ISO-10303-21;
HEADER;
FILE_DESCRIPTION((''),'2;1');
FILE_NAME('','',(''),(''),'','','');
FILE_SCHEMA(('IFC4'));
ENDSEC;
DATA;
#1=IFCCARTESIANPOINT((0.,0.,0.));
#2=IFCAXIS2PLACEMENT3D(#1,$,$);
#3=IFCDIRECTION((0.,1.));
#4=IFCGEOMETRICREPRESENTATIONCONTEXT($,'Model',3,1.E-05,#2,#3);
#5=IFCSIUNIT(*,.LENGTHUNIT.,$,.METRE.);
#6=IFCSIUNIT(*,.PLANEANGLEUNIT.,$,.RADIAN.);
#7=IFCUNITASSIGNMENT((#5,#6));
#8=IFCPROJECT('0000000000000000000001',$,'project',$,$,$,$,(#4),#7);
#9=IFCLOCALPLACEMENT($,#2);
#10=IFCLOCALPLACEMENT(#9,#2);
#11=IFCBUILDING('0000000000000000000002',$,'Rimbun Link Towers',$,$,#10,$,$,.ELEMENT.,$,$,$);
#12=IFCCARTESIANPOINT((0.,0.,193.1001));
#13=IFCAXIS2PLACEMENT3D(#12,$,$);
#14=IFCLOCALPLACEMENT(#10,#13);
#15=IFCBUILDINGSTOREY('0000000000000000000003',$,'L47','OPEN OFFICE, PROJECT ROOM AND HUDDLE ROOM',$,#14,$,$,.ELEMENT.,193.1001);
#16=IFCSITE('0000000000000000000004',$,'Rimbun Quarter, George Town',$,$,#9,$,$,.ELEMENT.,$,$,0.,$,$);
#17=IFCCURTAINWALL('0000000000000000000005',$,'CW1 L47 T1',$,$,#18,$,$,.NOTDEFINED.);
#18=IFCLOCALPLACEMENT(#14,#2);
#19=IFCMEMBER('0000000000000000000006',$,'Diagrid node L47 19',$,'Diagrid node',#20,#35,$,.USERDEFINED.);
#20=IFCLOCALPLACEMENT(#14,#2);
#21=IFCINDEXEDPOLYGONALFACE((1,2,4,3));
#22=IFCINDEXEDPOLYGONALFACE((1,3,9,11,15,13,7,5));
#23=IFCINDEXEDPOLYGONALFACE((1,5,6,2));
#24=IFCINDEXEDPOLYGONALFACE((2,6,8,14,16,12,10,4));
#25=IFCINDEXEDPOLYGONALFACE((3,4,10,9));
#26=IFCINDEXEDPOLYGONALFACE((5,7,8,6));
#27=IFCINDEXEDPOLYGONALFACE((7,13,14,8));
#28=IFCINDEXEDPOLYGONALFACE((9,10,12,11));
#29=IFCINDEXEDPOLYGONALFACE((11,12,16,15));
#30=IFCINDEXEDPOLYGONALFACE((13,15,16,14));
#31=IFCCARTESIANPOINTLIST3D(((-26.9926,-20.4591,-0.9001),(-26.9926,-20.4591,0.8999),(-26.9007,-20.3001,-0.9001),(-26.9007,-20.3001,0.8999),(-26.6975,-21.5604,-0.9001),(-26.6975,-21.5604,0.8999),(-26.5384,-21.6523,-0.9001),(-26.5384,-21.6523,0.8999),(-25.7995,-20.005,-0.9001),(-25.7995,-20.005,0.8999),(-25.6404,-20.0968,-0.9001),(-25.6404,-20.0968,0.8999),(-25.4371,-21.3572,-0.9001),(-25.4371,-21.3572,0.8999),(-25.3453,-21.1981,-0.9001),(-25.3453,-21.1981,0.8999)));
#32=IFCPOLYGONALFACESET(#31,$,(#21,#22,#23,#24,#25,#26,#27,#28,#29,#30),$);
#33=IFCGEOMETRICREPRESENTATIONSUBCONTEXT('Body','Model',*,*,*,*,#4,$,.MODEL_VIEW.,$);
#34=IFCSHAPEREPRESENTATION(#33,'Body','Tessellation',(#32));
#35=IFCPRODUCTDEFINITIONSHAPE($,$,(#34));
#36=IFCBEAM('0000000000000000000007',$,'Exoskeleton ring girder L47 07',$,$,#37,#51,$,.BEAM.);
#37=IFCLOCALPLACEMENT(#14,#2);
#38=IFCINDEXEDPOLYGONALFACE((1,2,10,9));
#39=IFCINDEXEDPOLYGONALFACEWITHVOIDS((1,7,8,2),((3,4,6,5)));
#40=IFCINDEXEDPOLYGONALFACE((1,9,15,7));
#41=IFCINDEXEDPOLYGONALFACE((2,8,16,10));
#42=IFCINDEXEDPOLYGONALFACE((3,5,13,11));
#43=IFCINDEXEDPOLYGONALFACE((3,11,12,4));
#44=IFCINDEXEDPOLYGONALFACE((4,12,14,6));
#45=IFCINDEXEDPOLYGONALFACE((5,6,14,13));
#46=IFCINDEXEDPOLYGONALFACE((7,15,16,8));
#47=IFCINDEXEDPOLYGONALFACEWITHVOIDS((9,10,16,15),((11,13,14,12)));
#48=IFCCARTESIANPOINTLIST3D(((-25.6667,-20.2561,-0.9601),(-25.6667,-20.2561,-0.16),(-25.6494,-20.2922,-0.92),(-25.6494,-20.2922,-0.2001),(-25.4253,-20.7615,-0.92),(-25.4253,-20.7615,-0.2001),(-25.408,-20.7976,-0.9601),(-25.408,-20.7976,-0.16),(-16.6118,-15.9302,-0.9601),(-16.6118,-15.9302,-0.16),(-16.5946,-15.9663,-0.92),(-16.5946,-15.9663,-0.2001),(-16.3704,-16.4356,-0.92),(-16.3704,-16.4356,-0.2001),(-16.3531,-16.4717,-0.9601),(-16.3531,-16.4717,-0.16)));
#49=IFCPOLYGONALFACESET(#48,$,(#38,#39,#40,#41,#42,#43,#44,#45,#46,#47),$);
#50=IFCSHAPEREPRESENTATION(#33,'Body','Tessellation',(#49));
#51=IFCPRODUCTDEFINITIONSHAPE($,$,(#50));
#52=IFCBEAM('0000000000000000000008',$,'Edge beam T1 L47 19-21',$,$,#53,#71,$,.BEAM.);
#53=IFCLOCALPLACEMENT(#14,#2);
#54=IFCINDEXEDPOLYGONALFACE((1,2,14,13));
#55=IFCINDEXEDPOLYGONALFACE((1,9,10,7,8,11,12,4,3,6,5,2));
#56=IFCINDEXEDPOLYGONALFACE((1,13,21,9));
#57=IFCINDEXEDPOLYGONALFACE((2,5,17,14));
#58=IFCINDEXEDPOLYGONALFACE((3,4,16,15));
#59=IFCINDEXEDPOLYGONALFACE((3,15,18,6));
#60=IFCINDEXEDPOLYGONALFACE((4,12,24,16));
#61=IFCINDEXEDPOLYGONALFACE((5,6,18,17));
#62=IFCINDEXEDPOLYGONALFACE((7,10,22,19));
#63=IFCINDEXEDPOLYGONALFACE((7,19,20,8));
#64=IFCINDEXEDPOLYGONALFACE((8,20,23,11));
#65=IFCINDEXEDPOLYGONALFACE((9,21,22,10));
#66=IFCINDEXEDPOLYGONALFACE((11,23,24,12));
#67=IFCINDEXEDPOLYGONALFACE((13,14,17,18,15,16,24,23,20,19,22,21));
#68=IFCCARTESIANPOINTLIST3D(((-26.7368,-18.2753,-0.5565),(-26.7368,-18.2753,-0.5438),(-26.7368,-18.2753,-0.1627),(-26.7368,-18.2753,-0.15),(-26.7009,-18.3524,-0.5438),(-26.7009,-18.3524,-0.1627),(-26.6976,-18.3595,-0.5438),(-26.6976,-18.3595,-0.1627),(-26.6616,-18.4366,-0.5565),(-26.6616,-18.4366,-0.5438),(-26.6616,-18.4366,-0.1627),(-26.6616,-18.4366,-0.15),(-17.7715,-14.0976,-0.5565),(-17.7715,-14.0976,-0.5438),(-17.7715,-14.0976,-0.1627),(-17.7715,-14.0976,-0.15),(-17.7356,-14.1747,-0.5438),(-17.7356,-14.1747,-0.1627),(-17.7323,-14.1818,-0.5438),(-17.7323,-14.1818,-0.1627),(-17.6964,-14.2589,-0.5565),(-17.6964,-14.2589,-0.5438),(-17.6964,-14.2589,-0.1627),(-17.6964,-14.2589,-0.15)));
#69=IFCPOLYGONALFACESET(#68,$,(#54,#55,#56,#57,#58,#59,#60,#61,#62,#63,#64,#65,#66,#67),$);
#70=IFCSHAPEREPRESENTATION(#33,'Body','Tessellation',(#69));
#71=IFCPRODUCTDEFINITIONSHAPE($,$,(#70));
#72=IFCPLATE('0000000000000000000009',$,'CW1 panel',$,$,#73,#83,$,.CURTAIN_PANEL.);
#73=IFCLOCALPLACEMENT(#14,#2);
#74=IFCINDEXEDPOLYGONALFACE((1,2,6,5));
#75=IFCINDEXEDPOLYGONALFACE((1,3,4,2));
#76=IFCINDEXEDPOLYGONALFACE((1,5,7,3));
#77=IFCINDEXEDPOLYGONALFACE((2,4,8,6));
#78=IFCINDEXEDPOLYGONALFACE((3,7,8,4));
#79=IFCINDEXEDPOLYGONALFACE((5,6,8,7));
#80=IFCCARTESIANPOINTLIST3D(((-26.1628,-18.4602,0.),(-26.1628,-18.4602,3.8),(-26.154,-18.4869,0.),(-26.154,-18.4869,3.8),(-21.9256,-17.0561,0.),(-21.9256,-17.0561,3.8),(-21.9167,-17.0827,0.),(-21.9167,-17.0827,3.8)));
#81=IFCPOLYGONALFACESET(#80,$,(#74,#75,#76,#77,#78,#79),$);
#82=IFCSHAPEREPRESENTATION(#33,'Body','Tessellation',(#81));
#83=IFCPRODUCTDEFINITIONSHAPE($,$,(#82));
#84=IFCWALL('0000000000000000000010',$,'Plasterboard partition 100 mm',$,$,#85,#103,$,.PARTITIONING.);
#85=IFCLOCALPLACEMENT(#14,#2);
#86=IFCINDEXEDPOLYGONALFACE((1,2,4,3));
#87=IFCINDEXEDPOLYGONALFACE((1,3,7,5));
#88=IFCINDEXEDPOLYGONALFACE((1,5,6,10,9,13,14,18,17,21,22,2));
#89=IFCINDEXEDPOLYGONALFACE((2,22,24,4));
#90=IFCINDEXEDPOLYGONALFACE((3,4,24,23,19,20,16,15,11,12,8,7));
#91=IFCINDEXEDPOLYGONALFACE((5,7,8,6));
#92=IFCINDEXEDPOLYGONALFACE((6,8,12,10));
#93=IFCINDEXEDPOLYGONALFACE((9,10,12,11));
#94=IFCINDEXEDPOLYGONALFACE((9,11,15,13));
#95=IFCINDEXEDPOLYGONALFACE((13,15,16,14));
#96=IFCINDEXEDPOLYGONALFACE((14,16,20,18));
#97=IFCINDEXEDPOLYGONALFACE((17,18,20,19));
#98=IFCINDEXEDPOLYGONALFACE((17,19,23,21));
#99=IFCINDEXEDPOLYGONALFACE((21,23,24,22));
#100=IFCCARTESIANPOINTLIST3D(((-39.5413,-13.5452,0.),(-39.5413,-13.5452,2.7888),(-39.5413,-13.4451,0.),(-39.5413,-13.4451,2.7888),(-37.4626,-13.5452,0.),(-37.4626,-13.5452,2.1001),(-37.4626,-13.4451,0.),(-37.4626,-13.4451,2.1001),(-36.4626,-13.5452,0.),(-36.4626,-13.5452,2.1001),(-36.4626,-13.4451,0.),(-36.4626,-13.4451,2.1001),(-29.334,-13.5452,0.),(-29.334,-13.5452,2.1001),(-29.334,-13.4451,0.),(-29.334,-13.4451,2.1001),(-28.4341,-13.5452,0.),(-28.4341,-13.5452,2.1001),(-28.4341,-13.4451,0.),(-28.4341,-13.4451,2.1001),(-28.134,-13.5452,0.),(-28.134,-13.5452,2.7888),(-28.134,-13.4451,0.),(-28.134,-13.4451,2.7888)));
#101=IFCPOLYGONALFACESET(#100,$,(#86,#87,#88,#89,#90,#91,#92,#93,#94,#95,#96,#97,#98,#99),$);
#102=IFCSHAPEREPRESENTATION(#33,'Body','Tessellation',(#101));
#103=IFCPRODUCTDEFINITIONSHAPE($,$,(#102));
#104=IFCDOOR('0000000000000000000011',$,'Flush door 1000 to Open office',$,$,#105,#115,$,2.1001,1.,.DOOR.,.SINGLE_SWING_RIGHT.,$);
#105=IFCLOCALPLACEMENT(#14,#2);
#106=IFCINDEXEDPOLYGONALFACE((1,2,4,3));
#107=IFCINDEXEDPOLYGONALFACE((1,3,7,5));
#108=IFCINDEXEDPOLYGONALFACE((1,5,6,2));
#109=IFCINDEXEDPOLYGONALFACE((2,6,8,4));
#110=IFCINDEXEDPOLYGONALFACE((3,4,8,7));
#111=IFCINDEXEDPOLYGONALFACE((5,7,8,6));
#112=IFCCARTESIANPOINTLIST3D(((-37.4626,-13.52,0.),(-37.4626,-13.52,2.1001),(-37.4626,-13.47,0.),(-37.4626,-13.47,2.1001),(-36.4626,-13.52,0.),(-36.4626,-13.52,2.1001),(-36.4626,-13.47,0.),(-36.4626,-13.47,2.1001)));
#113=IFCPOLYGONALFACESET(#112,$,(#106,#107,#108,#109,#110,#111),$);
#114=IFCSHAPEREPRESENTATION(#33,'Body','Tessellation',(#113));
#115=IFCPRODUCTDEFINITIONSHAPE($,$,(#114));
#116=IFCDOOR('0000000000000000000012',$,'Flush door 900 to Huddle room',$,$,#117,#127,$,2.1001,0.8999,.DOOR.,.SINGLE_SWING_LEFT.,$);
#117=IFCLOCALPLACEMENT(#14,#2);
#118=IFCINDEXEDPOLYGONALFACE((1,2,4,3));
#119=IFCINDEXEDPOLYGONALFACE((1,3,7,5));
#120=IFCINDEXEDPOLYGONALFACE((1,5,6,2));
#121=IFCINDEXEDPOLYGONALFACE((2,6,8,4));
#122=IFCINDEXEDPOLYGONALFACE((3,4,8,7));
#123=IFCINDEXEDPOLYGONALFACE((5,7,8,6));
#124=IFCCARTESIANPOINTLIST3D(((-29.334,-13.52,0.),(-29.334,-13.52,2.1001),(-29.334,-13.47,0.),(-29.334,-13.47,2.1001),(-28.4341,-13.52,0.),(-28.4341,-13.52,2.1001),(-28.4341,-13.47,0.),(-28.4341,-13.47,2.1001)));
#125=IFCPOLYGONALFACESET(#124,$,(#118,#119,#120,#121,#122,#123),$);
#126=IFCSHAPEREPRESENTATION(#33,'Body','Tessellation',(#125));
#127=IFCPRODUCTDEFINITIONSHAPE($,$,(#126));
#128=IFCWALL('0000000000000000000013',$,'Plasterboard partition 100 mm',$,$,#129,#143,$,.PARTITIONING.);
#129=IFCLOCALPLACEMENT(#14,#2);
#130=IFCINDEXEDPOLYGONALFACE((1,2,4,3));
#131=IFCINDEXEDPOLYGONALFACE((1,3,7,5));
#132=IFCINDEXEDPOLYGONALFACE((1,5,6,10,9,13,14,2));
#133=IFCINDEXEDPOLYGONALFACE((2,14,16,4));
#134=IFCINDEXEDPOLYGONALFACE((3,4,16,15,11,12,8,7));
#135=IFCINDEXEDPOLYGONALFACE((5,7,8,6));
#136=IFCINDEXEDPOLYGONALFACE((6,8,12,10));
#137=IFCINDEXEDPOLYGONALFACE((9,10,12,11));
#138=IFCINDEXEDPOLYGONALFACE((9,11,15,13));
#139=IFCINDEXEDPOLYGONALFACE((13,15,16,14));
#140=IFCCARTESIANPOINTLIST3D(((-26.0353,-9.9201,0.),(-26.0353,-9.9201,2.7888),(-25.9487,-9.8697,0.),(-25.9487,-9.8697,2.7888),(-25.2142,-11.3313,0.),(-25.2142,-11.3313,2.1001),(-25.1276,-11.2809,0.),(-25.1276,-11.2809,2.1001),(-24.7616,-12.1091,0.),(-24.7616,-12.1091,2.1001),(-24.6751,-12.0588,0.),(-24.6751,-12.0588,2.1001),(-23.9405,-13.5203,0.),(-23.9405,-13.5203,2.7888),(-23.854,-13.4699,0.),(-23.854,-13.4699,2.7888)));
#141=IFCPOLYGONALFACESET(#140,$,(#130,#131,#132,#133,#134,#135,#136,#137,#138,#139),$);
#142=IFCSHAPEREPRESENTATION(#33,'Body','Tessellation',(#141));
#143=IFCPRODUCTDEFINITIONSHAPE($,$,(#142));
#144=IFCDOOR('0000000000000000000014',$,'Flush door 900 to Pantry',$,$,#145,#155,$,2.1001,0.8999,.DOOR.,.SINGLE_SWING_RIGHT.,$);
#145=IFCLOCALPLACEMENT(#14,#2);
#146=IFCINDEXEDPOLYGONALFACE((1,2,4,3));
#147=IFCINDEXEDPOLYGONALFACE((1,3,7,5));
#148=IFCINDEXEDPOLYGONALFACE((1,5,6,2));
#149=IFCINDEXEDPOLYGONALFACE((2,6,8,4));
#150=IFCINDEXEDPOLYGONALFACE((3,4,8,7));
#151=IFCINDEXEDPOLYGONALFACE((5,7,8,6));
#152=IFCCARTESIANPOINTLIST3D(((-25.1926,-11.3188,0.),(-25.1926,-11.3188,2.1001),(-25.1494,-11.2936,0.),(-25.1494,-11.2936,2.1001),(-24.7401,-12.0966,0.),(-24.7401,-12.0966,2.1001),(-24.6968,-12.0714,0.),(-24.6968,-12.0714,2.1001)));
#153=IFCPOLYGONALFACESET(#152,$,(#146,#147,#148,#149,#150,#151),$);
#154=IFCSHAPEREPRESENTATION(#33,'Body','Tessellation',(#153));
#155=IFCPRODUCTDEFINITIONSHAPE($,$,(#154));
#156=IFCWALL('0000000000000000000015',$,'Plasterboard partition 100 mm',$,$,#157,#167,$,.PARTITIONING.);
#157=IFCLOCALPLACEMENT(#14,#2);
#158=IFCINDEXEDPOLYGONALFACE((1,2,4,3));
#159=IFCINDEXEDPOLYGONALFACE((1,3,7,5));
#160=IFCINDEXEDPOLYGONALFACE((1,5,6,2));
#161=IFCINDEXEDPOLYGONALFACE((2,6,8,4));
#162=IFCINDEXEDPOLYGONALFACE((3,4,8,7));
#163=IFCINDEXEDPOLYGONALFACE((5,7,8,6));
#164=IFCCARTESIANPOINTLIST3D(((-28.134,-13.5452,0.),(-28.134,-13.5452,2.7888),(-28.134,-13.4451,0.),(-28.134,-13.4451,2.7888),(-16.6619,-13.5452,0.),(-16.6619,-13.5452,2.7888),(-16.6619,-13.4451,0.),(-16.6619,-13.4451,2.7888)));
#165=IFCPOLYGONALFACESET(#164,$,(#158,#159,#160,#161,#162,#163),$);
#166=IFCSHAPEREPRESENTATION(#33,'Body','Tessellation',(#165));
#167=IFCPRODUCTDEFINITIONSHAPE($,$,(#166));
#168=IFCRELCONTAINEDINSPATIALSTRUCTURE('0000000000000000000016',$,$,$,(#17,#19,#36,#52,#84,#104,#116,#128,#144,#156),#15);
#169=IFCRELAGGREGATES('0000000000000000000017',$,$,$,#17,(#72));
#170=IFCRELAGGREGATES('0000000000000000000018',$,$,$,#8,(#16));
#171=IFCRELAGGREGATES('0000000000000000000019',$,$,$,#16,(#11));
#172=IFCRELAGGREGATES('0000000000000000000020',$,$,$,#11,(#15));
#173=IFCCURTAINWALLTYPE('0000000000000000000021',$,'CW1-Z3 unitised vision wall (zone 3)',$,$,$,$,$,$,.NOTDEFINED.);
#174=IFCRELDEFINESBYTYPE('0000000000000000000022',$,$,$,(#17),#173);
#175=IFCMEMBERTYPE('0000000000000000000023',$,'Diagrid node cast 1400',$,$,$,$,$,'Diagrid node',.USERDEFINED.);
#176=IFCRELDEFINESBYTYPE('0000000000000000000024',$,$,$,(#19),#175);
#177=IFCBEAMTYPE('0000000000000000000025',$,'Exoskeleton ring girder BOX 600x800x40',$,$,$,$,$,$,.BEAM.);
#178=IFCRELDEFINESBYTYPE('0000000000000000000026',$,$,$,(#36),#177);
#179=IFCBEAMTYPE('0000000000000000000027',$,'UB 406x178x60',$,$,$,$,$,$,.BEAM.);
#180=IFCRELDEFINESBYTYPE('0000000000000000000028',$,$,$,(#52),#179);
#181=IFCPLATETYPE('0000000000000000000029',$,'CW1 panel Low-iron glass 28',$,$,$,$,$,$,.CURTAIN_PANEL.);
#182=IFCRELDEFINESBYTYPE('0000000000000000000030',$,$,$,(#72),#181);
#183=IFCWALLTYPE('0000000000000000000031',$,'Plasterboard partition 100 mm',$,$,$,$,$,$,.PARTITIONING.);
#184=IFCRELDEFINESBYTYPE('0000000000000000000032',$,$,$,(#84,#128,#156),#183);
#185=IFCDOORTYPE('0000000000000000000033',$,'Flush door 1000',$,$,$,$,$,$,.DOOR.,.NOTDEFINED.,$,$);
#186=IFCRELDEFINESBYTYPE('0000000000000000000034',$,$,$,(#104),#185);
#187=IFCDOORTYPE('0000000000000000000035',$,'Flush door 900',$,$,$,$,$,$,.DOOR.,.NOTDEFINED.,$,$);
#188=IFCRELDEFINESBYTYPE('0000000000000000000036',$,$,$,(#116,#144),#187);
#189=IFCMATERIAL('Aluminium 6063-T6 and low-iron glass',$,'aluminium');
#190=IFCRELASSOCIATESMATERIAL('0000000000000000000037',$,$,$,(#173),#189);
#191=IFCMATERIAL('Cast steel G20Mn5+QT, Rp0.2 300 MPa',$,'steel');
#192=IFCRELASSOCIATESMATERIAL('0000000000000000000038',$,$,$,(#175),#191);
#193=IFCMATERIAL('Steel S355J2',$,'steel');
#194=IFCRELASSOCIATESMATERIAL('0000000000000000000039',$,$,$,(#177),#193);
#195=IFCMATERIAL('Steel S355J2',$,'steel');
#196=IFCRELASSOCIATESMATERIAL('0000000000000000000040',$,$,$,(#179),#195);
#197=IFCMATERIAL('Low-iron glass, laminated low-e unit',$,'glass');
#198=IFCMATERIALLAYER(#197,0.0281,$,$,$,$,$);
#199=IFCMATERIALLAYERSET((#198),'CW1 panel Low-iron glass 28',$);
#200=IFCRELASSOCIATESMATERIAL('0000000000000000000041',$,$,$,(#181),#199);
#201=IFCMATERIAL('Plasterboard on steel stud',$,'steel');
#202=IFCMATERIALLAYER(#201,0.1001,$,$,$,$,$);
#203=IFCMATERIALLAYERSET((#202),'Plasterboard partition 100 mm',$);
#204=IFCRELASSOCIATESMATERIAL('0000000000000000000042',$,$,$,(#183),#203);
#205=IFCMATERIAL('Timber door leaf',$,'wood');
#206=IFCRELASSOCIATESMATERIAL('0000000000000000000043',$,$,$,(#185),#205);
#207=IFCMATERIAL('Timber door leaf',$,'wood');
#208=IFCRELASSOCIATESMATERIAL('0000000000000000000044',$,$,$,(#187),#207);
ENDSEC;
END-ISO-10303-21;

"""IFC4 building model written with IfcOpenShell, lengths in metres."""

from ifc_helpers import new_model, si_unit, direction, frame, frame_2d, origin, origin_2d, place, context, subcontext, project, spatial, polyline, rectangle, hollow_rectangle, i_section, outline, extrude, material, layer, layer_set, material_profile, profile_set, type_object, element, fill, aggregate, save


model = new_model("IFC4")

# Units and contexts
model_context = context("Model", 3, precision=1e-05, world=origin(), true_north=direction((0.0, 1.0)))
body_context = subcontext(model_context, "Body", "Model", "MODEL_VIEW")
ifc_project = project(units=[si_unit("LENGTHUNIT", "METRE"), si_unit("PLANEANGLEUNIT", "RADIAN")], contexts=[model_context])

# Site, building, storey
site_placement = place(None, origin())
site = spatial("IfcSite", under=ifc_project, at=site_placement, Name="Rimbun Quarter, George Town", CompositionType="ELEMENT", RefElevation=0.0)
building_placement = place(site_placement, origin())
building = spatial("IfcBuilding", under=site, at=building_placement, Name="Rimbun Link Towers", CompositionType="ELEMENT")
storey_placement = place(building_placement, frame((0.0, 0.0, 193.1001)))
storey = spatial("IfcBuildingStorey", under=building, at=storey_placement, Name="L47", Description="OPEN OFFICE, PROJECT ROOM AND HUDDLE ROOM", CompositionType="ELEMENT", Elevation=193.1001)

# Curtain wall
ifc_material_1 = material(Name="Aluminium 6063-T6 and low-iron glass", Category="aluminium")
curtain_wall_type = type_object("IfcCurtainWallType", Name="CW1-Z3 unitised vision wall (zone 3)", PredefinedType="NOTDEFINED", material=ifc_material_1)
curtain_wall_placement = place(storey_placement, origin())
curtain_wall = element("IfcCurtainWall", 1, at=curtain_wall_placement, inside=storey, type_object=curtain_wall_type, Name="CW1 L47 T1", PredefinedType="NOTDEFINED")

# Member
ifc_material_2 = material(Name="Cast steel G20Mn5+QT, Rp0.2 300 MPa", Category="steel")
ifc_material_profile_1 = material_profile(ifc_material_2, outline(polyline([(0.7, -0.5701), (0.7, 0.5701), (0.5701, 0.7), (-0.5701, 0.7), (-0.7, 0.5701), (-0.7, -0.5701), (-0.5701, -0.7), (0.5701, -0.7), (0.7, -0.5701)])), Name="NODE 1400x1400")
ifc_profile_set_1 = profile_set([ifc_material_profile_1], Name="Cast steel G20Mn5+QT, Rp0.2 300 MPa")
member_type_1 = type_object("IfcMemberType", Name="Diagrid node cast 1400", ElementType="Diagrid node", PredefinedType="USERDEFINED", material=ifc_profile_set_1)
member_1_placement = place(storey_placement, frame((-26.1689, -20.8286, -0.9001), z_axis=(0.0, 0.0, 1.0), x_axis=(0.258819, -0.965926, 0.0)))
element("IfcMember", 2, at=member_1_placement, inside=storey, type_object=member_type_1, Name="Diagrid node L47 19", ObjectType="Diagrid node", PredefinedType="USERDEFINED", context=body_context, shape_type="SweptSolid", body=[
    extrude(outline(polyline([(0.7, -0.5701), (0.7, 0.5701), (0.5701, 0.7), (-0.5701, 0.7), (-0.7, 0.5701), (-0.7, -0.5701), (-0.5701, -0.7), (0.5701, -0.7), (0.7, -0.5701)])), origin(), (0.0, 0.0, 1.0), 1.8),
])

# Beams
ifc_material_3 = material(Name="Steel S355J2", Category="steel")
ifc_material_profile_2 = material_profile(ifc_material_3, hollow_rectangle(XDim=0.6001, YDim=0.8, WallThickness=0.04, at=origin_2d()), Name="Exoskeleton ring girder BOX 600x800x40")
ifc_profile_set_2 = profile_set([ifc_material_profile_2], Name="Steel S355J2")
beam_type_1 = type_object("IfcBeamType", Name="Exoskeleton ring girder BOX 600x800x40", PredefinedType="BEAM", material=ifc_profile_set_2)
beam_1_placement = place(storey_placement, frame((-25.5374, -20.5269, -0.5601), z_axis=(0.902316, 0.431075, 0.0), x_axis=(-0.431075, 0.902316, 0.0)))
element("IfcBeam", 3, at=beam_1_placement, inside=storey, type_object=beam_type_1, Name="Exoskeleton ring girder L47 07", PredefinedType="BEAM", context=body_context, shape_type="SweptSolid", body=[
    extrude(hollow_rectangle(XDim=0.6001, YDim=0.8, WallThickness=0.04, at=origin_2d()), origin(), (0.0, 0.0, 1.0), 10.0352),
])
ifc_material_4 = material(Name="Steel S355J2", Category="steel")
ifc_material_profile_3 = material_profile(ifc_material_4, i_section(OverallWidth=0.178, OverallDepth=0.4065, WebThickness=0.0078, FlangeThickness=0.0127, at=origin_2d()), Name="UB 406x178x60")
ifc_profile_set_3 = profile_set([ifc_material_profile_3], Name="Steel S355J2")
beam_type_2 = type_object("IfcBeamType", Name="UB 406x178x60", PredefinedType="BEAM", material=ifc_profile_set_3)
beam_2_placement = place(storey_placement, frame((-26.6992, -18.356, -0.3533), z_axis=(0.906419, 0.42238, 0.0), x_axis=(-0.42238, 0.906419, 0.0)))
element("IfcBeam", 4, at=beam_2_placement, inside=storey, type_object=beam_type_2, Name="Edge beam T1 L47 19-21", PredefinedType="BEAM", context=body_context, shape_type="SweptSolid", body=[
    extrude(i_section(OverallWidth=0.178, OverallDepth=0.4065, WebThickness=0.0078, FlangeThickness=0.0127, at=origin_2d()), origin(), (0.0, 0.0, 1.0), 9.8909),
])

# Plate
ifc_material_5 = material(Name="Low-iron glass, laminated low-e unit", Category="glass")
ifc_layer_1 = layer(ifc_material_5, 0.0281)
ifc_layer_set_1 = layer_set([ifc_layer_1], Name="CW1 panel Low-iron glass 28")
plate_type = type_object("IfcPlateType", Name="CW1 panel Low-iron glass 28", PredefinedType="CURTAIN_PANEL", material=ifc_layer_set_1)
plate_placement = place(storey_placement, frame((-24.0398, -17.7715, 0.0), z_axis=(0.0, 0.0, 1.0), x_axis=(-0.949238, -0.314558, 0.0)))
plate = element("IfcPlate", 5, at=plate_placement, type_object=plate_type, Name="CW1 panel", PredefinedType="CURTAIN_PANEL", context=body_context, shape_type="SweptSolid", body=[
    extrude(rectangle(XDim=4.4639, YDim=0.0281, at=origin_2d()), origin(), (0.0, 0.0, 1.0), 3.8),
])
aggregate(curtain_wall, [plate])

# Wall, openings, doors
ifc_material_6 = material(Name="Plasterboard on steel stud", Category="steel")
ifc_layer_2 = layer(ifc_material_6, 0.1001)
ifc_layer_set_2 = layer_set([ifc_layer_2], Name="Plasterboard partition 100 mm")
wall_type = type_object("IfcWallType", Name="Plasterboard partition 100 mm", PredefinedType="PARTITIONING", material=ifc_layer_set_2)
wall_1_placement = place(storey_placement, frame((-28.134, -13.4951, 0.0), z_axis=(0.0, 0.0, 1.0), x_axis=(-1.0, 0.0, 0.0)))
wall_1 = element("IfcWall", 6, at=wall_1_placement, inside=storey, type_object=wall_type, Name="Plasterboard partition 100 mm", PredefinedType="PARTITIONING", context=body_context, shape_type="SweptSolid", body=[
    extrude(rectangle(XDim=11.4072, YDim=0.1001, at=frame_2d((5.7036, 0.0))), origin(), (0.0, 0.0, 1.0), 2.7888),
])
opening_1_placement = place(wall_1_placement, frame((8.3286, 0.0, 0.0)))
opening_1 = element("IfcOpeningElement", 7, at=opening_1_placement, cuts=wall_1, PredefinedType="OPENING", context=body_context, shape_type="SweptSolid", body=[
    extrude(rectangle(XDim=1.0, YDim=2.1001, at=frame_2d((0.5, 1.05))), frame((0.0, 0.0601, 0.0), z_axis=(0.0, -1.0, 0.0), x_axis=(1.0, 0.0, 0.0)), (0.0, 0.0, 1.0), 0.1201),
])
opening_2_placement = place(wall_1_placement, frame((0.3, 0.0, 0.0)))
opening_2 = element("IfcOpeningElement", 8, at=opening_2_placement, cuts=wall_1, PredefinedType="OPENING", context=body_context, shape_type="SweptSolid", body=[
    extrude(rectangle(XDim=0.8999, YDim=2.1001, at=frame_2d((0.45, 1.05))), frame((0.0, 0.0601, 0.0), z_axis=(0.0, -1.0, 0.0), x_axis=(1.0, 0.0, 0.0)), (0.0, 0.0, 1.0), 0.1201),
])
ifc_material_7 = material(Name="Timber door leaf", Category="wood")
door_type_1 = type_object("IfcDoorType", Name="Flush door 1000", OperationType="NOTDEFINED", PredefinedType="DOOR", material=ifc_material_7)
door_1_placement = place(opening_1_placement, origin())
door_1 = element("IfcDoor", 9, at=door_1_placement, inside=storey, type_object=door_type_1, Name="Flush door 1000 to Open office", OperationType="SINGLE_SWING_RIGHT", OverallHeight=2.1001, OverallWidth=1.0, PredefinedType="DOOR", context=body_context, shape_type="SweptSolid", body=[
    extrude(rectangle(XDim=1.0, YDim=2.1001, at=frame_2d((0.5, 1.05))), frame((0.0, 0.0249, 0.0), z_axis=(0.0, -1.0, 0.0), x_axis=(1.0, 0.0, 0.0)), (0.0, 0.0, 1.0), 0.05),
])
fill(opening_1, door_1)
ifc_material_8 = material(Name="Timber door leaf", Category="wood")
door_type_2 = type_object("IfcDoorType", Name="Flush door 900", OperationType="NOTDEFINED", PredefinedType="DOOR", material=ifc_material_8)
door_2_placement = place(opening_2_placement, origin())
door_2 = element("IfcDoor", 10, at=door_2_placement, inside=storey, type_object=door_type_2, Name="Flush door 900 to Huddle room", OperationType="SINGLE_SWING_LEFT", OverallHeight=2.1001, OverallWidth=0.8999, PredefinedType="DOOR", context=body_context, shape_type="SweptSolid", body=[
    extrude(rectangle(XDim=0.8999, YDim=2.1001, at=frame_2d((0.45, 1.05))), frame((0.0, 0.0249, 0.0), z_axis=(0.0, -1.0, 0.0), x_axis=(1.0, 0.0, 0.0)), (0.0, 0.0, 1.0), 0.05),
])
fill(opening_2, door_2)

# Wall, opening, door
wall_2_placement = place(storey_placement, frame((-25.9919, -9.895, 0.0), z_axis=(0.0, 0.0, 1.0), x_axis=(0.502916, -0.864335, 0.0)))
wall_2 = element("IfcWall", 11, at=wall_2_placement, inside=storey, type_object=wall_type, Name="Plasterboard partition 100 mm", PredefinedType="PARTITIONING", context=body_context, shape_type="SweptSolid", body=[
    extrude(rectangle(XDim=4.1653, YDim=0.1001, at=frame_2d((2.0825, 0.0))), origin(), (0.0, 0.0, 1.0), 2.7888),
])
opening_3_placement = place(wall_2_placement, frame((1.6326, 0.0, 0.0)))
opening_3 = element("IfcOpeningElement", 12, at=opening_3_placement, cuts=wall_2, PredefinedType="OPENING", context=body_context, shape_type="SweptSolid", body=[
    extrude(rectangle(XDim=0.8999, YDim=2.1001, at=frame_2d((0.45, 1.05))), frame((0.0, 0.0601, 0.0), z_axis=(0.0, -1.0, 0.0), x_axis=(1.0, 0.0, 0.0)), (0.0, 0.0, 1.0), 0.1201),
])
door_3_placement = place(opening_3_placement, origin())
door_3 = element("IfcDoor", 13, at=door_3_placement, inside=storey, type_object=door_type_2, Name="Flush door 900 to Pantry", OperationType="SINGLE_SWING_RIGHT", OverallHeight=2.1001, OverallWidth=0.8999, PredefinedType="DOOR", context=body_context, shape_type="SweptSolid", body=[
    extrude(rectangle(XDim=0.8999, YDim=2.1001, at=frame_2d((0.45, 1.05))), frame((0.0, 0.0249, 0.0), z_axis=(0.0, -1.0, 0.0), x_axis=(1.0, 0.0, 0.0)), (0.0, 0.0, 1.0), 0.05),
])
fill(opening_3, door_3)

# Wall
wall_3_placement = place(storey_placement, frame((-28.134, -13.4951, 0.0), z_axis=(0.0, 0.0, 1.0), x_axis=(1.0, 0.0, 0.0)))
element("IfcWall", 14, at=wall_3_placement, inside=storey, type_object=wall_type, Name="Plasterboard partition 100 mm", PredefinedType="PARTITIONING", context=body_context, shape_type="SweptSolid", body=[
    extrude(rectangle(XDim=11.4722, YDim=0.1001, at=frame_2d((5.7361, 0.0))), origin(), (0.0, 0.0, 1.0), 2.7888),
])

save(model, "model.ifc")
